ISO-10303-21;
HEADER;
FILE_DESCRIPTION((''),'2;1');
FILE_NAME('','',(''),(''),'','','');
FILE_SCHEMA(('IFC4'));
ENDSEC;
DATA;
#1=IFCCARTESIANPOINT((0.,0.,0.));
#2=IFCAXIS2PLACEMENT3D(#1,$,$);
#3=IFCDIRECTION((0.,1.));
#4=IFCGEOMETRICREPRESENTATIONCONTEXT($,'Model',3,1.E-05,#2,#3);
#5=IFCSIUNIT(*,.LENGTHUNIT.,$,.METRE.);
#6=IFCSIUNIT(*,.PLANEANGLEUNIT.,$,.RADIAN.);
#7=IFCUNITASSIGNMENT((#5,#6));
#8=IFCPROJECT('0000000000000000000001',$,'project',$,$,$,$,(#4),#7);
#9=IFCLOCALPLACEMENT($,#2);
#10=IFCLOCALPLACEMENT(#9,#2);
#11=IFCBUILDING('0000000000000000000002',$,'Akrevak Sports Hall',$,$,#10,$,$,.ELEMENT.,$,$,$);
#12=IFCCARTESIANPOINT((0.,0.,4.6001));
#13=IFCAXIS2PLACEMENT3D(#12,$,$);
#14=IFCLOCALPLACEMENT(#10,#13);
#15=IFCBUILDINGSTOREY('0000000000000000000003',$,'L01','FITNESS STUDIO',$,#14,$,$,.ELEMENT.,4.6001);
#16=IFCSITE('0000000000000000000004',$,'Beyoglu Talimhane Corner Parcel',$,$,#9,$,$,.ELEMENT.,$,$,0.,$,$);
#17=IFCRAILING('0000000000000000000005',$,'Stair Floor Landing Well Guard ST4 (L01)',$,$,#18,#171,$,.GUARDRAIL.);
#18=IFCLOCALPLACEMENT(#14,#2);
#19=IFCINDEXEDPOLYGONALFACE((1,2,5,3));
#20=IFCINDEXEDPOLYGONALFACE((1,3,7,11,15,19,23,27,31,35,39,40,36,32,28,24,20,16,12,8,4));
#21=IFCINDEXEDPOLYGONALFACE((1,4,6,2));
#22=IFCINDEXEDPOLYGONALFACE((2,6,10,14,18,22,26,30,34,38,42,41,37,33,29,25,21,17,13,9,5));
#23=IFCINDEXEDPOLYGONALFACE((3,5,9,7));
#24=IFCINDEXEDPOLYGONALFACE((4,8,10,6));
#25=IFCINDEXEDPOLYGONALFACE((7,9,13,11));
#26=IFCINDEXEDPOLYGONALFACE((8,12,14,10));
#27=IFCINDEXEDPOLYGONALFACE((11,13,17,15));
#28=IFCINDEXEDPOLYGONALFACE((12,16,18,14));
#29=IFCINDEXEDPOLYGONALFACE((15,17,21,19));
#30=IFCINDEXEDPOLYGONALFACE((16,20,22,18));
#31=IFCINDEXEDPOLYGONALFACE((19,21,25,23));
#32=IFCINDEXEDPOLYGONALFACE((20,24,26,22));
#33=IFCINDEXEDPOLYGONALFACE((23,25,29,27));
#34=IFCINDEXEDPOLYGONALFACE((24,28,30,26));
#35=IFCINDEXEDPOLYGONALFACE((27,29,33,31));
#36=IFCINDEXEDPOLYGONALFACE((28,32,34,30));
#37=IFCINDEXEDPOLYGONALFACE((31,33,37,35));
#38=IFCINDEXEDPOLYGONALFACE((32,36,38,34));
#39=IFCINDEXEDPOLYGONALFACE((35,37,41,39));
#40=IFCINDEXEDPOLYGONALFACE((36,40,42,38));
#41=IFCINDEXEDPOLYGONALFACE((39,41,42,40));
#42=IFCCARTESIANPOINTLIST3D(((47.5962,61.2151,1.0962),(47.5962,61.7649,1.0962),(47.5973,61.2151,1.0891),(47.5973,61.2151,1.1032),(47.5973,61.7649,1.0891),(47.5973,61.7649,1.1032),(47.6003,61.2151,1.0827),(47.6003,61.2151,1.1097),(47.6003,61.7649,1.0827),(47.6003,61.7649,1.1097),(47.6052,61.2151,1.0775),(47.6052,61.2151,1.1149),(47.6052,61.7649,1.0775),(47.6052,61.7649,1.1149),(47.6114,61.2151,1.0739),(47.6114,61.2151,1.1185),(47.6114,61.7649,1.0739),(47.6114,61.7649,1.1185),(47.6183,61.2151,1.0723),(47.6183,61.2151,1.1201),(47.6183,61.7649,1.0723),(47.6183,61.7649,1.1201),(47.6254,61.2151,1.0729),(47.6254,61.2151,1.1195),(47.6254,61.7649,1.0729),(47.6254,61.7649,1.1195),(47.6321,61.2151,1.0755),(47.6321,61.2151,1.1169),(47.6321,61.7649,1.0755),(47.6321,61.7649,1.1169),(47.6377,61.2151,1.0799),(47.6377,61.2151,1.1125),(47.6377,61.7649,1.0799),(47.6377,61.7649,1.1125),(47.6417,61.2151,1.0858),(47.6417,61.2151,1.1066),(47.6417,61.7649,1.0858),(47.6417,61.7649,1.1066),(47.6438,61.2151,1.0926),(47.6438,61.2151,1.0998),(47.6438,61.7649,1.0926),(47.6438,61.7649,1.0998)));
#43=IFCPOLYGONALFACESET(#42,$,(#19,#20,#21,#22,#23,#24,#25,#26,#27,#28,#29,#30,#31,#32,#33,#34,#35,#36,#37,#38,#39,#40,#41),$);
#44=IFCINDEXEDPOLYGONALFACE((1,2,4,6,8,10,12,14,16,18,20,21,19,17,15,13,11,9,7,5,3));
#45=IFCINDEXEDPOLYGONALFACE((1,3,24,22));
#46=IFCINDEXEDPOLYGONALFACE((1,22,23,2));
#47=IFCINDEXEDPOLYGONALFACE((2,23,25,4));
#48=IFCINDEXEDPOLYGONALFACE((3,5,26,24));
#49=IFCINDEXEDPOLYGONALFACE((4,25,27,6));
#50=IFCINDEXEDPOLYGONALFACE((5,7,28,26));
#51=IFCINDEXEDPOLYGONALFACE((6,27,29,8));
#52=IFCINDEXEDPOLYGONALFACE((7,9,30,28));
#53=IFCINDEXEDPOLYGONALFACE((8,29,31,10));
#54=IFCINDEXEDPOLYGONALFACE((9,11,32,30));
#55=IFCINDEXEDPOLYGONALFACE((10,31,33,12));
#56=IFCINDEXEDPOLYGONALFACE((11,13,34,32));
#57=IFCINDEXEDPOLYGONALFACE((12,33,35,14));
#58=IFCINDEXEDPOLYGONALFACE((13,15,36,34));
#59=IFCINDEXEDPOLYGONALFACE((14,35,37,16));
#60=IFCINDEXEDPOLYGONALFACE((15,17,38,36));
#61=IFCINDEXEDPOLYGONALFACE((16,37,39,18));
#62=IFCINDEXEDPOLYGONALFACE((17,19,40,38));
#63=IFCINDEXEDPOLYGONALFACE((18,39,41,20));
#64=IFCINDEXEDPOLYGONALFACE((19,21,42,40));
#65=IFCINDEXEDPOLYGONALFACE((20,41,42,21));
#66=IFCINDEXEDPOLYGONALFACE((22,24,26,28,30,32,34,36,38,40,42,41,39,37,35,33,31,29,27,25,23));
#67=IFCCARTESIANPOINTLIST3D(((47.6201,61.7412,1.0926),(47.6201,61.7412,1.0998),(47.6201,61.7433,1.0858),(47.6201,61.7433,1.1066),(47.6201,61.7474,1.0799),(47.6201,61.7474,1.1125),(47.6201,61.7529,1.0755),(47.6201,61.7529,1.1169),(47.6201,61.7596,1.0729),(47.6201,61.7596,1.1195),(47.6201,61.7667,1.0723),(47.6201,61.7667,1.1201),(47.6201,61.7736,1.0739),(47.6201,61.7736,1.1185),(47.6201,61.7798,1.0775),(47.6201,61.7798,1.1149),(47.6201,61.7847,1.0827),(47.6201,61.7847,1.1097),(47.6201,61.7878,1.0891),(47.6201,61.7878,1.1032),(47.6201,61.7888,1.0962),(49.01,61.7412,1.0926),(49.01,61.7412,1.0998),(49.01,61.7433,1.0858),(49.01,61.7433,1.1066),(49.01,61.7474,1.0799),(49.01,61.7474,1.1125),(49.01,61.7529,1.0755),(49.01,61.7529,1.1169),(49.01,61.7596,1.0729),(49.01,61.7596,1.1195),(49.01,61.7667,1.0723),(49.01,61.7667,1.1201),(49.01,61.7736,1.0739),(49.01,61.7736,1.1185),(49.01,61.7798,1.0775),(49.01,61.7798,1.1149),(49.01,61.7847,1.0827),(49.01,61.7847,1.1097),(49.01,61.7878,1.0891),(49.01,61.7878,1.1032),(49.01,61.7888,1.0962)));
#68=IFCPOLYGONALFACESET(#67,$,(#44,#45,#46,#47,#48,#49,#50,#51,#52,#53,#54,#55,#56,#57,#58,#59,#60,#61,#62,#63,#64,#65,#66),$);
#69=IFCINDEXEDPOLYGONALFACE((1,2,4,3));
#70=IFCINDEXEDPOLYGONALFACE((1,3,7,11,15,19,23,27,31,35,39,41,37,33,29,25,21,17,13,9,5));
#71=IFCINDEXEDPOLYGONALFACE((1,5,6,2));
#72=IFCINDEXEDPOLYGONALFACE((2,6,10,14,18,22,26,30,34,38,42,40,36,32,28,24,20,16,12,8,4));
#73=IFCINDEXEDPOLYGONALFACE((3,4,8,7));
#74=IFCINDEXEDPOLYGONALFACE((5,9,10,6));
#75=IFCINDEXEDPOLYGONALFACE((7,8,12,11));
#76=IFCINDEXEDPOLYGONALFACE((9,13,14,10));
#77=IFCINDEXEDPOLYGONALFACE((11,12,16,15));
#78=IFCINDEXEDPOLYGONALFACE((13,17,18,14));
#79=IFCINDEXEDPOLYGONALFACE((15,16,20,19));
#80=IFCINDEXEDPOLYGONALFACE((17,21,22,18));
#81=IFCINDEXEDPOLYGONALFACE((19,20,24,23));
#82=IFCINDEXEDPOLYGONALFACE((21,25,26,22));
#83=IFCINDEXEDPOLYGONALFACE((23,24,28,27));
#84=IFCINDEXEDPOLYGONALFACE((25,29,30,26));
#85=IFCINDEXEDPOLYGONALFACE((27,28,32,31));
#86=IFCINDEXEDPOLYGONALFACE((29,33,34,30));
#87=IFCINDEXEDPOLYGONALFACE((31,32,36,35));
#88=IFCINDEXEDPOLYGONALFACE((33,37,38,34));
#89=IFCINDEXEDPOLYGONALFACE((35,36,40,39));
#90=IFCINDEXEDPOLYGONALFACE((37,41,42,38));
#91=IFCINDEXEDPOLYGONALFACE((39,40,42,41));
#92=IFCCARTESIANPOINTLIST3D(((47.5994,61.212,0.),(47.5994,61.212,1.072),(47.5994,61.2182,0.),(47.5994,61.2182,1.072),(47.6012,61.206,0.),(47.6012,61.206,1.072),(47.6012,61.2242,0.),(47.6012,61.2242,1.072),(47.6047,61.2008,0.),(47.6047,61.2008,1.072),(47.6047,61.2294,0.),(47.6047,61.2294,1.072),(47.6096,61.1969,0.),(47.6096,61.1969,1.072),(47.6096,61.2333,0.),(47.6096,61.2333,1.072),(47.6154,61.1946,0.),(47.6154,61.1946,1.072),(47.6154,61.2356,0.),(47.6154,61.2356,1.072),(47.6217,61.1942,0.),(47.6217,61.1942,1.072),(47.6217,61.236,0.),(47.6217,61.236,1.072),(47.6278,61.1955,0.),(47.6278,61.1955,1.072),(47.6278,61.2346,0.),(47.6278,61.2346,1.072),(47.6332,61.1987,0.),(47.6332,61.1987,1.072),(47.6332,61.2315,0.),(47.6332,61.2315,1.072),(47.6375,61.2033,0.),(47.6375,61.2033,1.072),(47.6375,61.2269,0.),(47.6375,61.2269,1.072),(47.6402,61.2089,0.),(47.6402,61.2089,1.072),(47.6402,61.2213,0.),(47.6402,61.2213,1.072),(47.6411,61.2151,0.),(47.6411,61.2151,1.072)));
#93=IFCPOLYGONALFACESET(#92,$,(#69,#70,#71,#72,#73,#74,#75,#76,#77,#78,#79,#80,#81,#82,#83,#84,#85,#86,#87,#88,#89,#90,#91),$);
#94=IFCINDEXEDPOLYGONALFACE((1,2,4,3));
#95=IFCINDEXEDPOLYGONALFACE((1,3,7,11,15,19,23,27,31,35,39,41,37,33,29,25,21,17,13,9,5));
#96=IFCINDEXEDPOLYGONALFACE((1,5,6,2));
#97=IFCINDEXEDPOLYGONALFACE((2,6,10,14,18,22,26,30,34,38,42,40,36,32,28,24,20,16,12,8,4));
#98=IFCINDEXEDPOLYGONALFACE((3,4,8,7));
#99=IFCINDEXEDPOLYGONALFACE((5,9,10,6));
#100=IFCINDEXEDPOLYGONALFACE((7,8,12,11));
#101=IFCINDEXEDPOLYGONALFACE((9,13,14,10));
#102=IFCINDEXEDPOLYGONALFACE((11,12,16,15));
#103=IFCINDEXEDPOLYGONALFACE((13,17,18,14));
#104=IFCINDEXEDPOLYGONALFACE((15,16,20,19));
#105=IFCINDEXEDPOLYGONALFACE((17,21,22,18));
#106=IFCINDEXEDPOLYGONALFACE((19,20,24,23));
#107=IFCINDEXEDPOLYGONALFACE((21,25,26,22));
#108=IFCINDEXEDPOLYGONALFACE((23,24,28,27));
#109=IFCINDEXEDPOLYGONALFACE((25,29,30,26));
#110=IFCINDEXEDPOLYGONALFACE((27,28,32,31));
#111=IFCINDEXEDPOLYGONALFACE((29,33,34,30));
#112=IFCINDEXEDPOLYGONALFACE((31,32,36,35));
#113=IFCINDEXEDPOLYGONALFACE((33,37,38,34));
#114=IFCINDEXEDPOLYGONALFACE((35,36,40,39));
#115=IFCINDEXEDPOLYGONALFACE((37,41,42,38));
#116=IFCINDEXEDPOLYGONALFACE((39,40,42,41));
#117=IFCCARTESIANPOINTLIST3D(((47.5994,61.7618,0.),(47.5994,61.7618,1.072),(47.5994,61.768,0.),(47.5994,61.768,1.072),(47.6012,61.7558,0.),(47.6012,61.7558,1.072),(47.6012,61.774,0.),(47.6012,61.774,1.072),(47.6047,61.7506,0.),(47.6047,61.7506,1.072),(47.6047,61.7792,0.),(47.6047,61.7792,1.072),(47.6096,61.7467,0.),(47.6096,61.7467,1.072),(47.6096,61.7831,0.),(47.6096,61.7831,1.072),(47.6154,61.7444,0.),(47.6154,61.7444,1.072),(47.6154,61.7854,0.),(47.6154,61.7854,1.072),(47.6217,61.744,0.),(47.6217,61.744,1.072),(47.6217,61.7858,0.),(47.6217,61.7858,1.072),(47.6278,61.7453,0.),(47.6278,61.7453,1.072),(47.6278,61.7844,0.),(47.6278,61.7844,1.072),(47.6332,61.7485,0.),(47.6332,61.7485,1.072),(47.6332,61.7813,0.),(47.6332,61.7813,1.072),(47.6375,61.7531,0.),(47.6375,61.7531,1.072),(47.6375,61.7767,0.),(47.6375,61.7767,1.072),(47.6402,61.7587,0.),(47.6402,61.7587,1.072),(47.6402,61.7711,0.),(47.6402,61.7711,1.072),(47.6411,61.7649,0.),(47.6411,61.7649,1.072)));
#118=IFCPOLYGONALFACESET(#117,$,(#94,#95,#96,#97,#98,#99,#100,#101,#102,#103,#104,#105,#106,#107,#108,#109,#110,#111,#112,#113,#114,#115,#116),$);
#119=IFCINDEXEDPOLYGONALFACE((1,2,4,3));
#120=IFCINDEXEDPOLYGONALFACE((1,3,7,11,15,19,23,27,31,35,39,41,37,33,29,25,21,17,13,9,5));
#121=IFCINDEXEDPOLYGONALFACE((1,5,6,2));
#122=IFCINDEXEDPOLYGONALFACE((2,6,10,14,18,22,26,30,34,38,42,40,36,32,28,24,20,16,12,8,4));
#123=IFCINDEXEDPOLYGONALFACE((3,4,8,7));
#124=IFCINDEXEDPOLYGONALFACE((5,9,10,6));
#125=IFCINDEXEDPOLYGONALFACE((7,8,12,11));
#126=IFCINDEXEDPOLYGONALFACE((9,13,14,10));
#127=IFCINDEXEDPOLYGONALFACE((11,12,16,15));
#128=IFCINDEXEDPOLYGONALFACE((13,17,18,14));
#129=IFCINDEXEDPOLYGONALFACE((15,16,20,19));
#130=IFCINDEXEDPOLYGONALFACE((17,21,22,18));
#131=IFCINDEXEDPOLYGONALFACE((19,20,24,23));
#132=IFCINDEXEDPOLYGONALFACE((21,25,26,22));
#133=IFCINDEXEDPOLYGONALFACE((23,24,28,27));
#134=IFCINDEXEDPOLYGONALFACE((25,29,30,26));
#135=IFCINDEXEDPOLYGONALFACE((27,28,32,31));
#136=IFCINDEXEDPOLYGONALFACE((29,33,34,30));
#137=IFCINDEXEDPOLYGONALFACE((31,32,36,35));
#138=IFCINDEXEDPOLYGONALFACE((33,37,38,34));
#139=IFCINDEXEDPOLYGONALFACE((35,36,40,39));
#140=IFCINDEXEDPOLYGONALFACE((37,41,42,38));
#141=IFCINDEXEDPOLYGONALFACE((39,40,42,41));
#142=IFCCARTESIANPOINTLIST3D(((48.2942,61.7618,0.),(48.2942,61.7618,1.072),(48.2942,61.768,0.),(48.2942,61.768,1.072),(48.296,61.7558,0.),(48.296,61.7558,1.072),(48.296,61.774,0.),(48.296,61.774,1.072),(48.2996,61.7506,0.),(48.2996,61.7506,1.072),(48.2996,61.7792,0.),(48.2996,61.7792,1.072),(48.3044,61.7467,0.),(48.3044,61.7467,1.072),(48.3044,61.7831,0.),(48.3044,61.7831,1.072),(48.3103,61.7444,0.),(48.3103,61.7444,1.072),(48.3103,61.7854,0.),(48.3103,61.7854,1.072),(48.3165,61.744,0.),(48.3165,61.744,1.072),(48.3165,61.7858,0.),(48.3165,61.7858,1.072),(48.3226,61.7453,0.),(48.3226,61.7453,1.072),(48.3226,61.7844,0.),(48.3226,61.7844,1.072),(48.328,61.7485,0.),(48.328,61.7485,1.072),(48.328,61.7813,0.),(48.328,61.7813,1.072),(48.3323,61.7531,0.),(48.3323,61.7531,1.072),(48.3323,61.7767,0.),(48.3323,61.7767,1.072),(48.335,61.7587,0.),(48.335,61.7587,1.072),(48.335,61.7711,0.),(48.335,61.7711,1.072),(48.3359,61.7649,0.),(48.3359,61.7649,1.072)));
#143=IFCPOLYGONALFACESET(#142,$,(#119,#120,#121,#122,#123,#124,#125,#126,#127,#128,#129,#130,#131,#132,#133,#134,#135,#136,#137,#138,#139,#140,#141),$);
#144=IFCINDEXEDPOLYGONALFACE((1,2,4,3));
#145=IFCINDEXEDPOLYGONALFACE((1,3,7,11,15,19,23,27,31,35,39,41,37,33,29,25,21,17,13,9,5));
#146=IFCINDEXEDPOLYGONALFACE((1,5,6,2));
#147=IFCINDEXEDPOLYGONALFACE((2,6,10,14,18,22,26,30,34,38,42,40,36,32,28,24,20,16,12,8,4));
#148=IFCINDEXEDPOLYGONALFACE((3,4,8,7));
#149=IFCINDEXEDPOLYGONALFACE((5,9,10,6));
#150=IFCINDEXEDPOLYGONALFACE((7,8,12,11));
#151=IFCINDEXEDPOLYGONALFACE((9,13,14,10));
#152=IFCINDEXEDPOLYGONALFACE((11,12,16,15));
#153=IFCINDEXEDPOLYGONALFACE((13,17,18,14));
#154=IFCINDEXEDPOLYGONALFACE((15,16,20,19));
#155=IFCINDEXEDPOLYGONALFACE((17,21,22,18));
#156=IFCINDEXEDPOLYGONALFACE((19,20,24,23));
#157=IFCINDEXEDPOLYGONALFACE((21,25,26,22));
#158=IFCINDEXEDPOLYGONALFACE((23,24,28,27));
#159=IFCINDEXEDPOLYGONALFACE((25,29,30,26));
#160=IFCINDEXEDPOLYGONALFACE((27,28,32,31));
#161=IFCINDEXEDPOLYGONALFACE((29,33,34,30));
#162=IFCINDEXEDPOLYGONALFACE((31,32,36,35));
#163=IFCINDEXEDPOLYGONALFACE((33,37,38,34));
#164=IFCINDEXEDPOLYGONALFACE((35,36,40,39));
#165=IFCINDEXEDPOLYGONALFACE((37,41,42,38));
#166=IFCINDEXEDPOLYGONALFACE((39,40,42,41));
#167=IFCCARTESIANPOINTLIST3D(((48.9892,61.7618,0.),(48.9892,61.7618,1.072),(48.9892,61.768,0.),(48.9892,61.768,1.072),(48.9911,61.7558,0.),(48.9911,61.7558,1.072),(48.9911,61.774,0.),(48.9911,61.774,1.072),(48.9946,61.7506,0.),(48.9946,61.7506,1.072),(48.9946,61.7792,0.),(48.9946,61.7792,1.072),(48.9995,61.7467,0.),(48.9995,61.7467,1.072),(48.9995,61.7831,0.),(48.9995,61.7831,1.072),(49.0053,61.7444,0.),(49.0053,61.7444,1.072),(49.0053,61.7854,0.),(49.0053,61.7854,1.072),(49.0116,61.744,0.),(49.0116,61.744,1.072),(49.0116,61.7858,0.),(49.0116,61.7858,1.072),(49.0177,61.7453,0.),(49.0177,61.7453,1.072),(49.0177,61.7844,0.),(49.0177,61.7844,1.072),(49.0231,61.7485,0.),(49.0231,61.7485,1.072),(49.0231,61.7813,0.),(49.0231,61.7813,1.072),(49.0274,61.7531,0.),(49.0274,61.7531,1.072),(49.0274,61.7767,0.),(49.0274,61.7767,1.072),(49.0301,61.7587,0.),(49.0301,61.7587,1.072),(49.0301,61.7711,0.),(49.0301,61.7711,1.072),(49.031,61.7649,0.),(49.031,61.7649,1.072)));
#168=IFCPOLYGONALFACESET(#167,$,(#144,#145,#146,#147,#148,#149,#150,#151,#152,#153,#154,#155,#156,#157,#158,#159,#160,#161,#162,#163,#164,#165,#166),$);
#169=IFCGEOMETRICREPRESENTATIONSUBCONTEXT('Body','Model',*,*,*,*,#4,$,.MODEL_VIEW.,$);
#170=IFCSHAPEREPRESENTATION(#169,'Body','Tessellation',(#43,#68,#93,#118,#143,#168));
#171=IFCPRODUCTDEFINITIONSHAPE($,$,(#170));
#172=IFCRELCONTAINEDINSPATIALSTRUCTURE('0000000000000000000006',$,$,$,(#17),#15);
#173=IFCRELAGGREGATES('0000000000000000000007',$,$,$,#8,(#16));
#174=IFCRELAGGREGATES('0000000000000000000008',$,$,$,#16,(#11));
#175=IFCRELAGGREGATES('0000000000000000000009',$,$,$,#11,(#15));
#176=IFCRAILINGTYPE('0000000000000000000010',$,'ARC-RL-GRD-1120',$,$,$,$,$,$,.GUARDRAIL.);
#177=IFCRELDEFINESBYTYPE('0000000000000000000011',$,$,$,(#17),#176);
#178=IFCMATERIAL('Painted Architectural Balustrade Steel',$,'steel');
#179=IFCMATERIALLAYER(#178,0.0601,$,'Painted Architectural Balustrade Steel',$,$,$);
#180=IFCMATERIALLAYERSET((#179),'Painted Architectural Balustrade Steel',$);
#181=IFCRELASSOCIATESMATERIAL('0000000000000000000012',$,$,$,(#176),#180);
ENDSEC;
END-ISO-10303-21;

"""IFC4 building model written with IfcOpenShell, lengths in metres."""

from ifc_helpers import new_model, si_unit, direction, frame, origin, origin_2d, place, context, subcontext, project, spatial, circle, extrude, material, layer, layer_set, type_object, element, save


model = new_model("IFC4")

# Units and contexts
model_context = context("Model", 3, precision=1e-05, world=origin(), true_north=direction((0.0, 1.0)))
body_context = subcontext(model_context, "Body", "Model", "MODEL_VIEW")
ifc_project = project(units=[si_unit("LENGTHUNIT", "METRE"), si_unit("PLANEANGLEUNIT", "RADIAN")], contexts=[model_context])

# Site, building, storey
site_placement = place(None, origin())
site = spatial("IfcSite", under=ifc_project, at=site_placement, Name="Beyoglu Talimhane Corner Parcel", CompositionType="ELEMENT", RefElevation=0.0)
building_placement = place(site_placement, origin())
building = spatial("IfcBuilding", under=site, at=building_placement, Name="Akrevak Sports Hall", CompositionType="ELEMENT")
storey_placement = place(building_placement, frame((0.0, 0.0, 4.6001)))
storey = spatial("IfcBuildingStorey", under=building, at=storey_placement, Name="L01", Description="FITNESS STUDIO", CompositionType="ELEMENT", Elevation=4.6001)

# Railing
ifc_material_1 = material(Name="Painted Architectural Balustrade Steel", Category="steel")
ifc_layer_1 = layer(ifc_material_1, 0.0601, Name="Painted Architectural Balustrade Steel")
ifc_layer_set_1 = layer_set([ifc_layer_1], Name="Painted Architectural Balustrade Steel")
railing_type_1 = type_object("IfcRailingType", Name="ARC-RL-GRD-1120", PredefinedType="GUARDRAIL", material=ifc_layer_set_1)
railing_1_placement = place(storey_placement, frame((47.6201, 61.2151, 0.0)))
element("IfcRailing", 1, at=railing_1_placement, inside=storey, type_object=railing_type_1, Name="Stair Floor Landing Well Guard ST4 (L01)", PredefinedType="GUARDRAIL", context=body_context, shape_type="SweptSolid", body=[
    extrude(circle(Radius=0.0239, at=origin_2d()), frame((0.0, 0.0, 1.0962), z_axis=(0.0, 1.0, 0.0), x_axis=(-1.0, 0.0, 0.0)), (0.0, 0.0, 1.0), 0.5498),
    extrude(circle(Radius=0.0239, at=origin_2d()), frame((0.0, 0.5498, 1.0962), z_axis=(1.0, 0.0, 0.0), x_axis=(0.0, 1.0, 0.0)), (0.0, 0.0, 1.0), 1.3899),
    extrude(circle(Radius=0.021, at=origin_2d()), origin(), (0.0, 0.0, 1.0), 1.072),
    extrude(circle(Radius=0.021, at=origin_2d()), frame((0.0, 0.5498, 0.0)), (0.0, 0.0, 1.0), 1.072),
    extrude(circle(Radius=0.021, at=origin_2d()), frame((0.6948, 0.5498, 0.0)), (0.0, 0.0, 1.0), 1.072),
    extrude(circle(Radius=0.021, at=origin_2d()), frame((1.3899, 0.5498, 0.0)), (0.0, 0.0, 1.0), 1.072),
])

save(model, "model.ifc")
